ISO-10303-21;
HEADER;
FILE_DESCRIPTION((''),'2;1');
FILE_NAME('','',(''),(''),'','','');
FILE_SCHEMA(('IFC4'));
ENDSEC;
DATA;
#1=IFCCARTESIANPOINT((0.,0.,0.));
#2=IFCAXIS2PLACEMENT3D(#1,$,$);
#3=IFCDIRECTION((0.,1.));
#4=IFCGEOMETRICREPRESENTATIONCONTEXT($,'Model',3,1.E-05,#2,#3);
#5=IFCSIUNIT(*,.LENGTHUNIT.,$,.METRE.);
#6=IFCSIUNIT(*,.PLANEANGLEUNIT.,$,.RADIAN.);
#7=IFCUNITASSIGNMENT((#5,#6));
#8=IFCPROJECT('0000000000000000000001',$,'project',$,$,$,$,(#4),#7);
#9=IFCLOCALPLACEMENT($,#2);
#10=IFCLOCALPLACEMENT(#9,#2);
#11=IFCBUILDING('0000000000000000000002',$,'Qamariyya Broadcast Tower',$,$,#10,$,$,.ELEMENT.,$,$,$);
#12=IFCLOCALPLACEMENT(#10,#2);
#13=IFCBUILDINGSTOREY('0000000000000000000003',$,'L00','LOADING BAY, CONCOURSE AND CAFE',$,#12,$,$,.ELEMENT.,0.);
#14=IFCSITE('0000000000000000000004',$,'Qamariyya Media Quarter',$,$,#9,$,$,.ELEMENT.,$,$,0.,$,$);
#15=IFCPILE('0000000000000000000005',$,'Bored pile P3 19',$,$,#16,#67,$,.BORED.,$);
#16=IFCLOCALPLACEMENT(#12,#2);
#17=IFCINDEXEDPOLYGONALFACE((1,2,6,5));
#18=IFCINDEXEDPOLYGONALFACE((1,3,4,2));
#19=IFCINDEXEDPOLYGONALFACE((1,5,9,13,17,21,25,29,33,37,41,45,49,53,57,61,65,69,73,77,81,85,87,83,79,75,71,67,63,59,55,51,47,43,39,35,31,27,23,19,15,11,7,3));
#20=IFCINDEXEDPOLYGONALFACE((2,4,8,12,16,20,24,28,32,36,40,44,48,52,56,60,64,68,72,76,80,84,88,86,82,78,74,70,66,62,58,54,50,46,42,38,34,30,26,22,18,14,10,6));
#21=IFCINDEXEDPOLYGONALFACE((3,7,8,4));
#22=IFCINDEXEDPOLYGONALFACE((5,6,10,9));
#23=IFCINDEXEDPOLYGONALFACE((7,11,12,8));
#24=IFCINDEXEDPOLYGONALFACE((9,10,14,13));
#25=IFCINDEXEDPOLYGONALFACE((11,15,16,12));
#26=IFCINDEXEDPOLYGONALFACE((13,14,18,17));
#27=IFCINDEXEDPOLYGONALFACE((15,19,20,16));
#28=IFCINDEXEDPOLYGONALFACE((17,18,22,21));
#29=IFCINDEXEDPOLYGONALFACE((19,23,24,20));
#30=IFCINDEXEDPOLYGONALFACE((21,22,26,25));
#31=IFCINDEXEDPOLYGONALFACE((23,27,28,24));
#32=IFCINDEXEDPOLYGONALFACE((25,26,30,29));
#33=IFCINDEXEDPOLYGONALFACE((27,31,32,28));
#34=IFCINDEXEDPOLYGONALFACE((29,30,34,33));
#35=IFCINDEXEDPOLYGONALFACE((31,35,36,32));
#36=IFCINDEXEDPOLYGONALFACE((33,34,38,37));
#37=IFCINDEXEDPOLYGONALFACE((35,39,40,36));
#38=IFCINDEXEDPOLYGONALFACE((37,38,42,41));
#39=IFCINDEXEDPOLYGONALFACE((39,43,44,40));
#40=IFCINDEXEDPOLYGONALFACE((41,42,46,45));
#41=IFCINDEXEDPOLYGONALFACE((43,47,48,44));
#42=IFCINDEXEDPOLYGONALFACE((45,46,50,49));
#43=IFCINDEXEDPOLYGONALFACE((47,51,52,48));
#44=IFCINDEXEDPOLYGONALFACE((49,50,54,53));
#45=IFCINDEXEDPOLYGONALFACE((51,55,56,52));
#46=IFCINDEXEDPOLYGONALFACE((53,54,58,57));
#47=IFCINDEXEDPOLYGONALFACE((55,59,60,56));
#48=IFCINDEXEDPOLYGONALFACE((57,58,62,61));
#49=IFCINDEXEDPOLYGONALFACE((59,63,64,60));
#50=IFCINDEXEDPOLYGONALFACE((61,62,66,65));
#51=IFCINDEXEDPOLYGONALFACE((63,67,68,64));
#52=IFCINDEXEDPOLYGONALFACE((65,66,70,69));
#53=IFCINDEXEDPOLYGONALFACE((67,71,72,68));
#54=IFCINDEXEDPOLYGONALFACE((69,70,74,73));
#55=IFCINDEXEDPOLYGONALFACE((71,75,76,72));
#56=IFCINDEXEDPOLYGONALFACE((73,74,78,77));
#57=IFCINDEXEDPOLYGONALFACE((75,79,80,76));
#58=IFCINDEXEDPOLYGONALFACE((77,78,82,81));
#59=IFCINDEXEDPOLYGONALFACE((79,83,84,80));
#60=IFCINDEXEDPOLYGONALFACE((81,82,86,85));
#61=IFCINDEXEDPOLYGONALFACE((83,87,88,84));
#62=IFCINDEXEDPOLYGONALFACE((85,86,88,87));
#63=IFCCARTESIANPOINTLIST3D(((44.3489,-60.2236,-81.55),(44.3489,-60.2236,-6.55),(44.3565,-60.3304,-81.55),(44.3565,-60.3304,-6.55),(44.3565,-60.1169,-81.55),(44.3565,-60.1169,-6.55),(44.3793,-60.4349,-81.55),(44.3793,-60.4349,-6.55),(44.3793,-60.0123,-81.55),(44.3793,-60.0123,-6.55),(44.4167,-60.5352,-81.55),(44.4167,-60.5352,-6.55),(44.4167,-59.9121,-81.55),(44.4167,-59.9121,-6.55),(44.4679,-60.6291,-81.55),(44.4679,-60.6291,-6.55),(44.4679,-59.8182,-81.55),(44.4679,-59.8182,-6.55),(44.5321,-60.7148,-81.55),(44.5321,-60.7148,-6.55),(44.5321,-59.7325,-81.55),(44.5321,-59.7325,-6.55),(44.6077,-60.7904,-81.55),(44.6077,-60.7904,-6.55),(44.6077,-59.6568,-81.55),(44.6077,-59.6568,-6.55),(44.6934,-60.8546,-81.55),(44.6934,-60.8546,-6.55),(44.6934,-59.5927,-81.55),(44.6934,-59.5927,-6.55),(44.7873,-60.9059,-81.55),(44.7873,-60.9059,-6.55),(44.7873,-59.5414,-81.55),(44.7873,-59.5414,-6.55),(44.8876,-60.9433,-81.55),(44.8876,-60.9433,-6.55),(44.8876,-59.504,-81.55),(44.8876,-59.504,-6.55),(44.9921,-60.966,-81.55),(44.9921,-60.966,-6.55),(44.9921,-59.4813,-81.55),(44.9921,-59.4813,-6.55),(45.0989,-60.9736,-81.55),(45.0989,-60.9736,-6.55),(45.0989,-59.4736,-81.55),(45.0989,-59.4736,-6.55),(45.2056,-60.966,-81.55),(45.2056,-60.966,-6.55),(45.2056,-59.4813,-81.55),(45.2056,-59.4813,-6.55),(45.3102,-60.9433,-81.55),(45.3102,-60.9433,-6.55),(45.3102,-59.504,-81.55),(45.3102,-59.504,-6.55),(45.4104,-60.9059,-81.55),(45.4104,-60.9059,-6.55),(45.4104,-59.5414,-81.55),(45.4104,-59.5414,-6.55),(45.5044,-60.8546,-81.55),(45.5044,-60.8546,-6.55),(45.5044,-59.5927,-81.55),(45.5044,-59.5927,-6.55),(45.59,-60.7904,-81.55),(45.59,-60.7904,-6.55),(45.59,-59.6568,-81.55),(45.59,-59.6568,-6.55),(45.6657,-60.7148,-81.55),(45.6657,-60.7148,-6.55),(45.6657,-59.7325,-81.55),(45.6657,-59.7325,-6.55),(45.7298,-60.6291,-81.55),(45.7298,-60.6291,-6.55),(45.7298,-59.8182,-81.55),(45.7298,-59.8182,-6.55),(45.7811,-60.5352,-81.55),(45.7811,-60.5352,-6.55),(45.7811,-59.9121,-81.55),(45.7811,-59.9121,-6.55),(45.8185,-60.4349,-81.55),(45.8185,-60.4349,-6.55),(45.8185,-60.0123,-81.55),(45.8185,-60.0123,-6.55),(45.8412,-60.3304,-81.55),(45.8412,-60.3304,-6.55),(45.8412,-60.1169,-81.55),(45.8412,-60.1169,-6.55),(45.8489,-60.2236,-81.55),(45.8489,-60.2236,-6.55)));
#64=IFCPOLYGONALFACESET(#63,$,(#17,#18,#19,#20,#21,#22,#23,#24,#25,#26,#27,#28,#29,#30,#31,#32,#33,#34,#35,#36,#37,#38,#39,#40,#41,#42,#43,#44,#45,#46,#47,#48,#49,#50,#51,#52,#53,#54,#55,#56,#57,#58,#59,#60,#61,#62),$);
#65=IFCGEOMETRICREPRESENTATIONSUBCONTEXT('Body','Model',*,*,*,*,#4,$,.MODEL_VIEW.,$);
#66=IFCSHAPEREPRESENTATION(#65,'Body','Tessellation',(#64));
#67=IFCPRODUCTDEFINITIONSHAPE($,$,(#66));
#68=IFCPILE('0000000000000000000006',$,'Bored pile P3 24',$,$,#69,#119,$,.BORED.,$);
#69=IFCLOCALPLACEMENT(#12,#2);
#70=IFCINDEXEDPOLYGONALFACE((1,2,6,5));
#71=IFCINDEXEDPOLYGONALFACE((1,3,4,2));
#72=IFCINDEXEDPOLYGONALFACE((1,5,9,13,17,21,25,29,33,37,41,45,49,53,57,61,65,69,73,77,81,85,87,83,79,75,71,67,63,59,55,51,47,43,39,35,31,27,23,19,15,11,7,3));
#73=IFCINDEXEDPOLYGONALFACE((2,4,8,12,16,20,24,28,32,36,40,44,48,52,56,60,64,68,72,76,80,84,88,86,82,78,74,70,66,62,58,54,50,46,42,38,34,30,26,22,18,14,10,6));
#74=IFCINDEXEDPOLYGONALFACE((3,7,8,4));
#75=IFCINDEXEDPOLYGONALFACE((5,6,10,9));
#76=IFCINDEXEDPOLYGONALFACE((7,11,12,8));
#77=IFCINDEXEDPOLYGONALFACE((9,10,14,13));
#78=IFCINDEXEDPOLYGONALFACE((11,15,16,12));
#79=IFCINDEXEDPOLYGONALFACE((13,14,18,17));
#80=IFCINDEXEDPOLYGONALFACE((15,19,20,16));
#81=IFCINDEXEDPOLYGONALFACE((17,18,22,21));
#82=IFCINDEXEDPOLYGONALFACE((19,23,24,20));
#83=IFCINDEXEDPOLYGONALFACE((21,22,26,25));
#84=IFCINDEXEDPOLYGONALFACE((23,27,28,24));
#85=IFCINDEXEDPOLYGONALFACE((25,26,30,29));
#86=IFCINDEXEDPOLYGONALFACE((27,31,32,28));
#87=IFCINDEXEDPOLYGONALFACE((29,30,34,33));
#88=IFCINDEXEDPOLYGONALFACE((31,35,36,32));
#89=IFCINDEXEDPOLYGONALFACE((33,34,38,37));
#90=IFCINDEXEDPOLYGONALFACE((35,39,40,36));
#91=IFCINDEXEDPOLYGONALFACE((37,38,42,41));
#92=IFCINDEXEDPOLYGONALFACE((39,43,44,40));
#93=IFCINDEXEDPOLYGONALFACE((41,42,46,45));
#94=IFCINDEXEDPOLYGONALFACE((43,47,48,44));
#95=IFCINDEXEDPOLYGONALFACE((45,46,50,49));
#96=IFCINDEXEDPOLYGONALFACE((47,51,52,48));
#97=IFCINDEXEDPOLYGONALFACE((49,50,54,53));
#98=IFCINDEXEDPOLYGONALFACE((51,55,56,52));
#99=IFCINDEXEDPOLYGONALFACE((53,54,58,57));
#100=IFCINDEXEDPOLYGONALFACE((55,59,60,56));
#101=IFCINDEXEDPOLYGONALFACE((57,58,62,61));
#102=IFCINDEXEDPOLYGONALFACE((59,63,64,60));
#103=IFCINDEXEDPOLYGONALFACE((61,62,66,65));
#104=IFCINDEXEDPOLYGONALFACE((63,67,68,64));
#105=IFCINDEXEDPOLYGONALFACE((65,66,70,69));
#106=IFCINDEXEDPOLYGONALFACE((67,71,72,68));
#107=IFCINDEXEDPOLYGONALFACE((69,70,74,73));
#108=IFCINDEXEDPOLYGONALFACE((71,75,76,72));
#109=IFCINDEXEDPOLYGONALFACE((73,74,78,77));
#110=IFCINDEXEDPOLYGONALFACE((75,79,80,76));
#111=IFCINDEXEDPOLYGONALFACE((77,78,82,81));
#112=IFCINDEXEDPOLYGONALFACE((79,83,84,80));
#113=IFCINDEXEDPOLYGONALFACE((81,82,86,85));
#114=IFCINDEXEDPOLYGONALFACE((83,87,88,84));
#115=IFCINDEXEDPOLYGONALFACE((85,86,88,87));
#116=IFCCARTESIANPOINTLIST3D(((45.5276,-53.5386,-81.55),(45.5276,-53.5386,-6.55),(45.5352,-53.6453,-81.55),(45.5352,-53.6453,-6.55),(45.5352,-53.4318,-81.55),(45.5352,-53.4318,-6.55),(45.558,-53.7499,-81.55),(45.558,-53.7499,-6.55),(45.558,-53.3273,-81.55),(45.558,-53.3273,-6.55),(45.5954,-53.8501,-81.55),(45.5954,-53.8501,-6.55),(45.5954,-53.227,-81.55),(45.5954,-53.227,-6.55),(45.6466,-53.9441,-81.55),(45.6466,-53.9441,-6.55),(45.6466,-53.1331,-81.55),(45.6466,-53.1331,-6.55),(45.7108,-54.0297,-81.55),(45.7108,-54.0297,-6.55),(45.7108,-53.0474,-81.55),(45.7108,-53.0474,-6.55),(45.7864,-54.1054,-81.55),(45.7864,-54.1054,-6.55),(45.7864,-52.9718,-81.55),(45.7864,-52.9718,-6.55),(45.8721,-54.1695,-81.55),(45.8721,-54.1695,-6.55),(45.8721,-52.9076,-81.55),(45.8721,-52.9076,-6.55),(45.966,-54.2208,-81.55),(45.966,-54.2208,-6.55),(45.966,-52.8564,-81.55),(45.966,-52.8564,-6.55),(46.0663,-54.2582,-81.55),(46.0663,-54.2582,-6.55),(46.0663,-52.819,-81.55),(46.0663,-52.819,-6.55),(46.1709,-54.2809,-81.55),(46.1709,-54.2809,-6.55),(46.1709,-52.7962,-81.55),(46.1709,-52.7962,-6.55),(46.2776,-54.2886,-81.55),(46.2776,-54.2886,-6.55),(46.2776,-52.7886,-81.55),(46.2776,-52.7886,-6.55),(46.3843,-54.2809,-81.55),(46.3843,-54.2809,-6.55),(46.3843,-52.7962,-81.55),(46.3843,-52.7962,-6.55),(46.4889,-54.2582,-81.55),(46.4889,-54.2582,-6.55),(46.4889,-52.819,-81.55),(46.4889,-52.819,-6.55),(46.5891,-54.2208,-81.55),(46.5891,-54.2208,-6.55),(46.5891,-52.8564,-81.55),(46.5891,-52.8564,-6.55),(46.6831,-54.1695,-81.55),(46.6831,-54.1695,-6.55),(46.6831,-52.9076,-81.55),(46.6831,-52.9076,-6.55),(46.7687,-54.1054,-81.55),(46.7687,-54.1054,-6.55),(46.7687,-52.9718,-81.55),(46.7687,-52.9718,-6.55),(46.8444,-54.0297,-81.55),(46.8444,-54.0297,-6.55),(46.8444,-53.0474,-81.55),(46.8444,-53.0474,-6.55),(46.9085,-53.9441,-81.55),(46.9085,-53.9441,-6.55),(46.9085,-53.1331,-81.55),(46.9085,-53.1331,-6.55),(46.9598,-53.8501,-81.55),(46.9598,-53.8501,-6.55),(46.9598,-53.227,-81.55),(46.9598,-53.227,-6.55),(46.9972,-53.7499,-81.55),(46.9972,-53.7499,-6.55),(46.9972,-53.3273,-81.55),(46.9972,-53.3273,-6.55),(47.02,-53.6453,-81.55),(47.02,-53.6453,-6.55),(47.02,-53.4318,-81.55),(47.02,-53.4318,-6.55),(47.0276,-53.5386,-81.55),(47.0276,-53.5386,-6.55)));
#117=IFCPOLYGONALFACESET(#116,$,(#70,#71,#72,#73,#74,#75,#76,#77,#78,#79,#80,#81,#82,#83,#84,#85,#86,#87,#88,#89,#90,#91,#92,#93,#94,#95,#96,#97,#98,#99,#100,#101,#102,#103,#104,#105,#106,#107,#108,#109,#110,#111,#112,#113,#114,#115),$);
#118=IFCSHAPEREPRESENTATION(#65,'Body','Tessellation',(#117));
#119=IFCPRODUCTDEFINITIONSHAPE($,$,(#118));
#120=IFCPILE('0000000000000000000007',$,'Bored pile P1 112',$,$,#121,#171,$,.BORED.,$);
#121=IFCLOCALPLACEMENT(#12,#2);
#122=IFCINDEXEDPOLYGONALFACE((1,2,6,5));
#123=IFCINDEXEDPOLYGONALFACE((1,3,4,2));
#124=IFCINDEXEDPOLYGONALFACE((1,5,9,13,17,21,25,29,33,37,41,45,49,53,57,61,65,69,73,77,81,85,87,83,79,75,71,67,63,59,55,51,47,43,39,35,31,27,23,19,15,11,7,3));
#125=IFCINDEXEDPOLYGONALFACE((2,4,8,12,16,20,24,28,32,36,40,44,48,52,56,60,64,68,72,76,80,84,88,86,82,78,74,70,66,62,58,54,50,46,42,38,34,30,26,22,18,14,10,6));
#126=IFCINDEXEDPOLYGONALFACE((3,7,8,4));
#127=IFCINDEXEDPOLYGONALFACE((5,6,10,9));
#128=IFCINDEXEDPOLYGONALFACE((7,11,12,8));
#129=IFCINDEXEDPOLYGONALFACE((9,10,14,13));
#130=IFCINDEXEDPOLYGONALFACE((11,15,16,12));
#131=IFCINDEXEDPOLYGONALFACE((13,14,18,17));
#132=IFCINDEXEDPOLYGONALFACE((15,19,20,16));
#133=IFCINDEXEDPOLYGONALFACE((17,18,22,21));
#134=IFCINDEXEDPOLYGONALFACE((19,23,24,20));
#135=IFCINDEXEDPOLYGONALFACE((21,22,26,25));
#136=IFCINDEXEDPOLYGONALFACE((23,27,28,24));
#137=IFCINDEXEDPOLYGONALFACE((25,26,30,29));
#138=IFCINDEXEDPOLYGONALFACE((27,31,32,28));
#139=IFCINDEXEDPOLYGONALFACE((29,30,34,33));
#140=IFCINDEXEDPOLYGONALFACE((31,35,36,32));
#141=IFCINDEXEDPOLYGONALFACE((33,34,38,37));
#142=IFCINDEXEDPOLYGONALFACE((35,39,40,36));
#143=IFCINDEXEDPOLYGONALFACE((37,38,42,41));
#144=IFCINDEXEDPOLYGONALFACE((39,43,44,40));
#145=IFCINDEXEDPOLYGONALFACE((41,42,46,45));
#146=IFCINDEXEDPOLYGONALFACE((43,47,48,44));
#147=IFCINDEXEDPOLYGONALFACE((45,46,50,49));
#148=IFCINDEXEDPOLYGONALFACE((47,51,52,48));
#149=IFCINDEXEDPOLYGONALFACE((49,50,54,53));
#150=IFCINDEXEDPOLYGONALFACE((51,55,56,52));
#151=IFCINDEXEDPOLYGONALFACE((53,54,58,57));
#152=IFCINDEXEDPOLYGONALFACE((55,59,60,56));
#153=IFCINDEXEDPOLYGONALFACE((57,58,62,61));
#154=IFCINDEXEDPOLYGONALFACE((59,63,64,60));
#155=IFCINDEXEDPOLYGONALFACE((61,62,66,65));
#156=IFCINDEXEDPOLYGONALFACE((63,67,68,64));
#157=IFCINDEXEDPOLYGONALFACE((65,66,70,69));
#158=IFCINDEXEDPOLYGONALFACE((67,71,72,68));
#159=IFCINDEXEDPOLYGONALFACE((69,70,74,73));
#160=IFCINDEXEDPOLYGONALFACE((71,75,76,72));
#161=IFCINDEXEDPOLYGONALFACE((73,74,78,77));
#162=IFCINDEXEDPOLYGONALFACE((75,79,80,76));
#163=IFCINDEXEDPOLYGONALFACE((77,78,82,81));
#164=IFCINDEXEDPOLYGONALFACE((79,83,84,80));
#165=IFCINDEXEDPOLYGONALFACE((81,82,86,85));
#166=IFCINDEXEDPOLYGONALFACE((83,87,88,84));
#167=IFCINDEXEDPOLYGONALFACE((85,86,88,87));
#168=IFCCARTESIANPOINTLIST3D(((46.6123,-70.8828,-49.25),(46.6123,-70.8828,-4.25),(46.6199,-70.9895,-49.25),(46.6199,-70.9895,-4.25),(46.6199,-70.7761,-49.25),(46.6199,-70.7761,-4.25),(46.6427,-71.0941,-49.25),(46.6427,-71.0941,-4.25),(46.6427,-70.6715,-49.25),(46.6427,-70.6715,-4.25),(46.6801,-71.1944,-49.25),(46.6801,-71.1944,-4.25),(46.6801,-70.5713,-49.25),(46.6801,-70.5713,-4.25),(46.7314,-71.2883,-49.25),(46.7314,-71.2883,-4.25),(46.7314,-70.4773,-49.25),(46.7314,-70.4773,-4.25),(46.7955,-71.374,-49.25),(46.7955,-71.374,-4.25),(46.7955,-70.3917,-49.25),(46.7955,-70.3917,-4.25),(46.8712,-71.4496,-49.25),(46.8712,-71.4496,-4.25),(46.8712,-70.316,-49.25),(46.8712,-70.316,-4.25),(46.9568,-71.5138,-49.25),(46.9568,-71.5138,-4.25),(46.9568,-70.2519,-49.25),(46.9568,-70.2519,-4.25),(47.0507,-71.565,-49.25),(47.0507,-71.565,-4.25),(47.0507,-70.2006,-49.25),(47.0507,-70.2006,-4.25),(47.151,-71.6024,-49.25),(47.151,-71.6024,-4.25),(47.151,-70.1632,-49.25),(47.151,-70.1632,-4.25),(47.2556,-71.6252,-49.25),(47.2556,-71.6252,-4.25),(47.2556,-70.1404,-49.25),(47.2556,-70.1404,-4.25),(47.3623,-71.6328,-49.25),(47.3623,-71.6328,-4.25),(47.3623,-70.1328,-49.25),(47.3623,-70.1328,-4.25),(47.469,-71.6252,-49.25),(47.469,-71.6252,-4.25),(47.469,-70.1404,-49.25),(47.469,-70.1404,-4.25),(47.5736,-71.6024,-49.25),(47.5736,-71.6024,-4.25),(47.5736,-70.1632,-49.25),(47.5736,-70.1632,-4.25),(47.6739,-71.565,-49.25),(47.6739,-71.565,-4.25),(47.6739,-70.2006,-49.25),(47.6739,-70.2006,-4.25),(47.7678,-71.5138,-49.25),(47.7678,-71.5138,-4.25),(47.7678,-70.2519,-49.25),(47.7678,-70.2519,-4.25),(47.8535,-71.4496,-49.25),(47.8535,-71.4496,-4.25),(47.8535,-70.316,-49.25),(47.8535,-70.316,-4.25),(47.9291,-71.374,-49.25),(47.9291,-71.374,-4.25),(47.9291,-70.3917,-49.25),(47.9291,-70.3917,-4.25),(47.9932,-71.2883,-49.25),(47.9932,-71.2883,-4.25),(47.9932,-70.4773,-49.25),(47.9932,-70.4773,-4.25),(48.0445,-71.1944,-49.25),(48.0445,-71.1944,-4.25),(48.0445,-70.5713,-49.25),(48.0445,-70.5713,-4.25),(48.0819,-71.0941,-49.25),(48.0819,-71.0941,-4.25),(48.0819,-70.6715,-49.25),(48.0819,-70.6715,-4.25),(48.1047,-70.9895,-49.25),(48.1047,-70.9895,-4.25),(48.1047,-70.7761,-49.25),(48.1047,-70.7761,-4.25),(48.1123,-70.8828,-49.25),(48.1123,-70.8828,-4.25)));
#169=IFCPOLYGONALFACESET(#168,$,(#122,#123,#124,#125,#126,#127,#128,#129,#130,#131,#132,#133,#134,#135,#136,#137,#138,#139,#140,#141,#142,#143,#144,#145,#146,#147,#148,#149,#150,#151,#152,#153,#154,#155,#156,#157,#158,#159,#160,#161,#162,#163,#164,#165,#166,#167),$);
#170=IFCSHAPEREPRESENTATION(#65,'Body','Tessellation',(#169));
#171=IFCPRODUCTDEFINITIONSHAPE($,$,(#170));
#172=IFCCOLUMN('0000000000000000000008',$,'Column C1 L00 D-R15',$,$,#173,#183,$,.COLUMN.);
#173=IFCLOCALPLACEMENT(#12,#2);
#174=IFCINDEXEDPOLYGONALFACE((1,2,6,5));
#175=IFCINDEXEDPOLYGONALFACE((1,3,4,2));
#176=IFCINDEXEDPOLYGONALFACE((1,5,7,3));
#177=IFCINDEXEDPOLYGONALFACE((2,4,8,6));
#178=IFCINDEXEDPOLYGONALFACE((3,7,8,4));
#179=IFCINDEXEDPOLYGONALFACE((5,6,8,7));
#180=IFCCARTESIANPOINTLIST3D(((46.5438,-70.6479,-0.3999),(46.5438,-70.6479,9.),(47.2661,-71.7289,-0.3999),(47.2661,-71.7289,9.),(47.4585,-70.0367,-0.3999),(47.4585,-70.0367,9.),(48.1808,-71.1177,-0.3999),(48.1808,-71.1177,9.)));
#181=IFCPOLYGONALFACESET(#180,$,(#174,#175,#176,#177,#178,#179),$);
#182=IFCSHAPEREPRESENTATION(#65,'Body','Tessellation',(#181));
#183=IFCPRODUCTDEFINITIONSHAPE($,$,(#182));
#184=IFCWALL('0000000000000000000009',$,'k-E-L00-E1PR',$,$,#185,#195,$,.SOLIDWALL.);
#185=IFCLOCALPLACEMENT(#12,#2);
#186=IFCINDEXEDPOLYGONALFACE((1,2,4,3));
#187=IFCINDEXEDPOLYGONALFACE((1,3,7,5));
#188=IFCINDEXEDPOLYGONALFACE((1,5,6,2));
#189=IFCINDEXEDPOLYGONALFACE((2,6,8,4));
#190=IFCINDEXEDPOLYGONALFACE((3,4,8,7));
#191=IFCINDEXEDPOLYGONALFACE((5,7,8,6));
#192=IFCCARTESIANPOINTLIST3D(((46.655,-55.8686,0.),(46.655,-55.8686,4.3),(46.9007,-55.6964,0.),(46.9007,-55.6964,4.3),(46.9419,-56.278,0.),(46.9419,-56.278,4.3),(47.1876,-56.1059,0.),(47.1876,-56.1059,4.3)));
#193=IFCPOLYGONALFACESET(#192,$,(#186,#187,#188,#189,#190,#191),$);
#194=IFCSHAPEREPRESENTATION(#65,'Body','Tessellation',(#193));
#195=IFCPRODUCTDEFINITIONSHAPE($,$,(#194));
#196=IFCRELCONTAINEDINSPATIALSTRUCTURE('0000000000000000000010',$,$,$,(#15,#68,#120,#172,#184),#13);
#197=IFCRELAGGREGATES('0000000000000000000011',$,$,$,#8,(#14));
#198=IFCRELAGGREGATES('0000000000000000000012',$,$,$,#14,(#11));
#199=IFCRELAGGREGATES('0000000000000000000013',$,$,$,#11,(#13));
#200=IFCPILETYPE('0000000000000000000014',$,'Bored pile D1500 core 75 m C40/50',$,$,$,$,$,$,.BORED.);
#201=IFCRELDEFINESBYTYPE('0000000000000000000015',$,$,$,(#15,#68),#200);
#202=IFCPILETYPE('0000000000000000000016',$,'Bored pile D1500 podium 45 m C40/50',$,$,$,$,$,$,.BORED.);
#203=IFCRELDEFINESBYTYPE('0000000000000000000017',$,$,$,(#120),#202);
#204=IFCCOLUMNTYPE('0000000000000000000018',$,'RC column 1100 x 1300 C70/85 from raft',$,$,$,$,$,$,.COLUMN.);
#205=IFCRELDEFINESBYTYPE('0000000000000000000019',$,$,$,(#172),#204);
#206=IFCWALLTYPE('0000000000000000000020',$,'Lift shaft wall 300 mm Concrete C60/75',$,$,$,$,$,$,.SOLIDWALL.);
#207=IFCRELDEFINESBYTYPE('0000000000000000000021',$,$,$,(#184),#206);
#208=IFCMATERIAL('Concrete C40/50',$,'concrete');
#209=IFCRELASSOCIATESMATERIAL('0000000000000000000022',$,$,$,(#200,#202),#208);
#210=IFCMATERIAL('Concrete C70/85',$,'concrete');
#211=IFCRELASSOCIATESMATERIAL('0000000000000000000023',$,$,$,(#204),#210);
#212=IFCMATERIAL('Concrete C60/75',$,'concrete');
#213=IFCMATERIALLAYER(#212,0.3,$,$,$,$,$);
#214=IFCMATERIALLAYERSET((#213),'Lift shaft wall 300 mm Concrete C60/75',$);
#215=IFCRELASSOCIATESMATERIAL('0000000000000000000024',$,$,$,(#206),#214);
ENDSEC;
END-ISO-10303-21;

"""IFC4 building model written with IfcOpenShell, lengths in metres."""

from ifc_helpers import new_model, si_unit, direction, frame, frame_2d, origin, origin_2d, place, context, subcontext, project, spatial, rectangle, circle, extrude, material, layer, layer_set, material_profile, profile_set, type_object, element, save


model = new_model("IFC4")

# Units and contexts
model_context = context("Model", 3, precision=1e-05, world=origin(), true_north=direction((0.0, 1.0)))
body_context = subcontext(model_context, "Body", "Model", "MODEL_VIEW")
ifc_project = project(units=[si_unit("LENGTHUNIT", "METRE"), si_unit("PLANEANGLEUNIT", "RADIAN")], contexts=[model_context])

# Site, building, storey
site_placement = place(None, origin())
site = spatial("IfcSite", under=ifc_project, at=site_placement, Name="Qamariyya Media Quarter", CompositionType="ELEMENT", RefElevation=0.0)
building_placement = place(site_placement, origin())
building = spatial("IfcBuilding", under=site, at=building_placement, Name="Qamariyya Broadcast Tower", CompositionType="ELEMENT")
storey_placement = place(building_placement, origin())
storey = spatial("IfcBuildingStorey", under=building, at=storey_placement, Name="L00", Description="LOADING BAY, CONCOURSE AND CAFE", CompositionType="ELEMENT", Elevation=0.0)

# Piles
ifc_material_1 = material(Name="Concrete C40/50", Category="concrete")
ifc_material_profile_1 = material_profile(ifc_material_1, circle(Radius=0.75, at=origin_2d()))
ifc_profile_set_1 = profile_set([ifc_material_profile_1], Name="Concrete C40/50")
pile_type_1 = type_object("IfcPileType", Name="Bored pile D1500 core 75 m C40/50", PredefinedType="BORED", material=ifc_profile_set_1)
for number, where, z_axis, x_axis, name in (
    (1, (45.0989, -60.2236, -6.55), (0.0, 0.0, -1.0), (1.0, 0.0, 0.0), "Bored pile P3 19"),
    (2, (46.2776, -53.5386, -6.55), (0.0, 0.0, -1.0), (1.0, 0.0, 0.0), "Bored pile P3 24"),
):
    element("IfcPile", number, at=place(storey_placement, frame(where, z_axis=z_axis, x_axis=x_axis)), inside=storey, type_object=pile_type_1, Name=name, PredefinedType="BORED", context=body_context, shape_type="SweptSolid", body=[
        extrude(circle(Radius=0.75, at=origin_2d()), origin(), (0.0, 0.0, 1.0), 75.0),
    ])
ifc_material_profile_2 = material_profile(ifc_material_1, circle(Radius=0.75, at=origin_2d()))
ifc_profile_set_2 = profile_set([ifc_material_profile_2], Name="Concrete C40/50")
pile_type_2 = type_object("IfcPileType", Name="Bored pile D1500 podium 45 m C40/50", PredefinedType="BORED", material=ifc_profile_set_2)
pile_placement = place(storey_placement, frame((47.3623, -70.8828, -4.25), z_axis=(0.0, 0.0, -1.0), x_axis=(1.0, 0.0, 0.0)))
element("IfcPile", 3, at=pile_placement, inside=storey, type_object=pile_type_2, Name="Bored pile P1 112", PredefinedType="BORED", context=body_context, shape_type="SweptSolid", body=[
    extrude(circle(Radius=0.75, at=origin_2d()), origin(), (0.0, 0.0, 1.0), 45.0),
])

# Column
ifc_material_2 = material(Name="Concrete C70/85", Category="concrete")
ifc_material_profile_3 = material_profile(ifc_material_2, rectangle(XDim=1.1001, YDim=1.3, at=origin_2d()))
ifc_profile_set_3 = profile_set([ifc_material_profile_3], Name="Concrete C70/85")
column_type = type_object("IfcColumnType", Name="RC column 1100 x 1300 C70/85 from raft", PredefinedType="COLUMN", material=ifc_profile_set_3)
column_placement = place(storey_placement, frame((47.3623, -70.8828, -0.3999), z_axis=(0.0, 0.0, 1.0), x_axis=(0.83147, 0.55557, 0.0)))
element("IfcColumn", 4, at=column_placement, inside=storey, type_object=column_type, Name="Column C1 L00 D-R15", PredefinedType="COLUMN", context=body_context, shape_type="SweptSolid", body=[
    extrude(rectangle(XDim=1.1001, YDim=1.3, at=origin_2d()), origin(), (0.0, 0.0, 1.0), 9.3999),
])

# Wall
ifc_material_3 = material(Name="Concrete C60/75", Category="concrete")
ifc_layer_1 = layer(ifc_material_3, 0.3)
ifc_layer_set_1 = layer_set([ifc_layer_1], Name="Lift shaft wall 300 mm Concrete C60/75")
wall_type_1 = type_object("IfcWallType", Name="Lift shaft wall 300 mm Concrete C60/75", PredefinedType="SOLIDWALL", material=ifc_layer_set_1)
wall_1_placement = place(storey_placement, frame((46.7778, -55.7825, 0.0), z_axis=(0.0, 0.0, 1.0), x_axis=(0.573823, -0.818979, 0.0)))
element("IfcWall", 5, at=wall_1_placement, inside=storey, type_object=wall_type_1, Name="k-E-L00-E1PR", PredefinedType="SOLIDWALL", context=body_context, shape_type="SweptSolid", body=[
    extrude(rectangle(XDim=0.5, YDim=0.3, at=frame_2d((0.25, 0.0))), origin(), (0.0, 0.0, 1.0), 4.3),
])

save(model, "model.ifc")
